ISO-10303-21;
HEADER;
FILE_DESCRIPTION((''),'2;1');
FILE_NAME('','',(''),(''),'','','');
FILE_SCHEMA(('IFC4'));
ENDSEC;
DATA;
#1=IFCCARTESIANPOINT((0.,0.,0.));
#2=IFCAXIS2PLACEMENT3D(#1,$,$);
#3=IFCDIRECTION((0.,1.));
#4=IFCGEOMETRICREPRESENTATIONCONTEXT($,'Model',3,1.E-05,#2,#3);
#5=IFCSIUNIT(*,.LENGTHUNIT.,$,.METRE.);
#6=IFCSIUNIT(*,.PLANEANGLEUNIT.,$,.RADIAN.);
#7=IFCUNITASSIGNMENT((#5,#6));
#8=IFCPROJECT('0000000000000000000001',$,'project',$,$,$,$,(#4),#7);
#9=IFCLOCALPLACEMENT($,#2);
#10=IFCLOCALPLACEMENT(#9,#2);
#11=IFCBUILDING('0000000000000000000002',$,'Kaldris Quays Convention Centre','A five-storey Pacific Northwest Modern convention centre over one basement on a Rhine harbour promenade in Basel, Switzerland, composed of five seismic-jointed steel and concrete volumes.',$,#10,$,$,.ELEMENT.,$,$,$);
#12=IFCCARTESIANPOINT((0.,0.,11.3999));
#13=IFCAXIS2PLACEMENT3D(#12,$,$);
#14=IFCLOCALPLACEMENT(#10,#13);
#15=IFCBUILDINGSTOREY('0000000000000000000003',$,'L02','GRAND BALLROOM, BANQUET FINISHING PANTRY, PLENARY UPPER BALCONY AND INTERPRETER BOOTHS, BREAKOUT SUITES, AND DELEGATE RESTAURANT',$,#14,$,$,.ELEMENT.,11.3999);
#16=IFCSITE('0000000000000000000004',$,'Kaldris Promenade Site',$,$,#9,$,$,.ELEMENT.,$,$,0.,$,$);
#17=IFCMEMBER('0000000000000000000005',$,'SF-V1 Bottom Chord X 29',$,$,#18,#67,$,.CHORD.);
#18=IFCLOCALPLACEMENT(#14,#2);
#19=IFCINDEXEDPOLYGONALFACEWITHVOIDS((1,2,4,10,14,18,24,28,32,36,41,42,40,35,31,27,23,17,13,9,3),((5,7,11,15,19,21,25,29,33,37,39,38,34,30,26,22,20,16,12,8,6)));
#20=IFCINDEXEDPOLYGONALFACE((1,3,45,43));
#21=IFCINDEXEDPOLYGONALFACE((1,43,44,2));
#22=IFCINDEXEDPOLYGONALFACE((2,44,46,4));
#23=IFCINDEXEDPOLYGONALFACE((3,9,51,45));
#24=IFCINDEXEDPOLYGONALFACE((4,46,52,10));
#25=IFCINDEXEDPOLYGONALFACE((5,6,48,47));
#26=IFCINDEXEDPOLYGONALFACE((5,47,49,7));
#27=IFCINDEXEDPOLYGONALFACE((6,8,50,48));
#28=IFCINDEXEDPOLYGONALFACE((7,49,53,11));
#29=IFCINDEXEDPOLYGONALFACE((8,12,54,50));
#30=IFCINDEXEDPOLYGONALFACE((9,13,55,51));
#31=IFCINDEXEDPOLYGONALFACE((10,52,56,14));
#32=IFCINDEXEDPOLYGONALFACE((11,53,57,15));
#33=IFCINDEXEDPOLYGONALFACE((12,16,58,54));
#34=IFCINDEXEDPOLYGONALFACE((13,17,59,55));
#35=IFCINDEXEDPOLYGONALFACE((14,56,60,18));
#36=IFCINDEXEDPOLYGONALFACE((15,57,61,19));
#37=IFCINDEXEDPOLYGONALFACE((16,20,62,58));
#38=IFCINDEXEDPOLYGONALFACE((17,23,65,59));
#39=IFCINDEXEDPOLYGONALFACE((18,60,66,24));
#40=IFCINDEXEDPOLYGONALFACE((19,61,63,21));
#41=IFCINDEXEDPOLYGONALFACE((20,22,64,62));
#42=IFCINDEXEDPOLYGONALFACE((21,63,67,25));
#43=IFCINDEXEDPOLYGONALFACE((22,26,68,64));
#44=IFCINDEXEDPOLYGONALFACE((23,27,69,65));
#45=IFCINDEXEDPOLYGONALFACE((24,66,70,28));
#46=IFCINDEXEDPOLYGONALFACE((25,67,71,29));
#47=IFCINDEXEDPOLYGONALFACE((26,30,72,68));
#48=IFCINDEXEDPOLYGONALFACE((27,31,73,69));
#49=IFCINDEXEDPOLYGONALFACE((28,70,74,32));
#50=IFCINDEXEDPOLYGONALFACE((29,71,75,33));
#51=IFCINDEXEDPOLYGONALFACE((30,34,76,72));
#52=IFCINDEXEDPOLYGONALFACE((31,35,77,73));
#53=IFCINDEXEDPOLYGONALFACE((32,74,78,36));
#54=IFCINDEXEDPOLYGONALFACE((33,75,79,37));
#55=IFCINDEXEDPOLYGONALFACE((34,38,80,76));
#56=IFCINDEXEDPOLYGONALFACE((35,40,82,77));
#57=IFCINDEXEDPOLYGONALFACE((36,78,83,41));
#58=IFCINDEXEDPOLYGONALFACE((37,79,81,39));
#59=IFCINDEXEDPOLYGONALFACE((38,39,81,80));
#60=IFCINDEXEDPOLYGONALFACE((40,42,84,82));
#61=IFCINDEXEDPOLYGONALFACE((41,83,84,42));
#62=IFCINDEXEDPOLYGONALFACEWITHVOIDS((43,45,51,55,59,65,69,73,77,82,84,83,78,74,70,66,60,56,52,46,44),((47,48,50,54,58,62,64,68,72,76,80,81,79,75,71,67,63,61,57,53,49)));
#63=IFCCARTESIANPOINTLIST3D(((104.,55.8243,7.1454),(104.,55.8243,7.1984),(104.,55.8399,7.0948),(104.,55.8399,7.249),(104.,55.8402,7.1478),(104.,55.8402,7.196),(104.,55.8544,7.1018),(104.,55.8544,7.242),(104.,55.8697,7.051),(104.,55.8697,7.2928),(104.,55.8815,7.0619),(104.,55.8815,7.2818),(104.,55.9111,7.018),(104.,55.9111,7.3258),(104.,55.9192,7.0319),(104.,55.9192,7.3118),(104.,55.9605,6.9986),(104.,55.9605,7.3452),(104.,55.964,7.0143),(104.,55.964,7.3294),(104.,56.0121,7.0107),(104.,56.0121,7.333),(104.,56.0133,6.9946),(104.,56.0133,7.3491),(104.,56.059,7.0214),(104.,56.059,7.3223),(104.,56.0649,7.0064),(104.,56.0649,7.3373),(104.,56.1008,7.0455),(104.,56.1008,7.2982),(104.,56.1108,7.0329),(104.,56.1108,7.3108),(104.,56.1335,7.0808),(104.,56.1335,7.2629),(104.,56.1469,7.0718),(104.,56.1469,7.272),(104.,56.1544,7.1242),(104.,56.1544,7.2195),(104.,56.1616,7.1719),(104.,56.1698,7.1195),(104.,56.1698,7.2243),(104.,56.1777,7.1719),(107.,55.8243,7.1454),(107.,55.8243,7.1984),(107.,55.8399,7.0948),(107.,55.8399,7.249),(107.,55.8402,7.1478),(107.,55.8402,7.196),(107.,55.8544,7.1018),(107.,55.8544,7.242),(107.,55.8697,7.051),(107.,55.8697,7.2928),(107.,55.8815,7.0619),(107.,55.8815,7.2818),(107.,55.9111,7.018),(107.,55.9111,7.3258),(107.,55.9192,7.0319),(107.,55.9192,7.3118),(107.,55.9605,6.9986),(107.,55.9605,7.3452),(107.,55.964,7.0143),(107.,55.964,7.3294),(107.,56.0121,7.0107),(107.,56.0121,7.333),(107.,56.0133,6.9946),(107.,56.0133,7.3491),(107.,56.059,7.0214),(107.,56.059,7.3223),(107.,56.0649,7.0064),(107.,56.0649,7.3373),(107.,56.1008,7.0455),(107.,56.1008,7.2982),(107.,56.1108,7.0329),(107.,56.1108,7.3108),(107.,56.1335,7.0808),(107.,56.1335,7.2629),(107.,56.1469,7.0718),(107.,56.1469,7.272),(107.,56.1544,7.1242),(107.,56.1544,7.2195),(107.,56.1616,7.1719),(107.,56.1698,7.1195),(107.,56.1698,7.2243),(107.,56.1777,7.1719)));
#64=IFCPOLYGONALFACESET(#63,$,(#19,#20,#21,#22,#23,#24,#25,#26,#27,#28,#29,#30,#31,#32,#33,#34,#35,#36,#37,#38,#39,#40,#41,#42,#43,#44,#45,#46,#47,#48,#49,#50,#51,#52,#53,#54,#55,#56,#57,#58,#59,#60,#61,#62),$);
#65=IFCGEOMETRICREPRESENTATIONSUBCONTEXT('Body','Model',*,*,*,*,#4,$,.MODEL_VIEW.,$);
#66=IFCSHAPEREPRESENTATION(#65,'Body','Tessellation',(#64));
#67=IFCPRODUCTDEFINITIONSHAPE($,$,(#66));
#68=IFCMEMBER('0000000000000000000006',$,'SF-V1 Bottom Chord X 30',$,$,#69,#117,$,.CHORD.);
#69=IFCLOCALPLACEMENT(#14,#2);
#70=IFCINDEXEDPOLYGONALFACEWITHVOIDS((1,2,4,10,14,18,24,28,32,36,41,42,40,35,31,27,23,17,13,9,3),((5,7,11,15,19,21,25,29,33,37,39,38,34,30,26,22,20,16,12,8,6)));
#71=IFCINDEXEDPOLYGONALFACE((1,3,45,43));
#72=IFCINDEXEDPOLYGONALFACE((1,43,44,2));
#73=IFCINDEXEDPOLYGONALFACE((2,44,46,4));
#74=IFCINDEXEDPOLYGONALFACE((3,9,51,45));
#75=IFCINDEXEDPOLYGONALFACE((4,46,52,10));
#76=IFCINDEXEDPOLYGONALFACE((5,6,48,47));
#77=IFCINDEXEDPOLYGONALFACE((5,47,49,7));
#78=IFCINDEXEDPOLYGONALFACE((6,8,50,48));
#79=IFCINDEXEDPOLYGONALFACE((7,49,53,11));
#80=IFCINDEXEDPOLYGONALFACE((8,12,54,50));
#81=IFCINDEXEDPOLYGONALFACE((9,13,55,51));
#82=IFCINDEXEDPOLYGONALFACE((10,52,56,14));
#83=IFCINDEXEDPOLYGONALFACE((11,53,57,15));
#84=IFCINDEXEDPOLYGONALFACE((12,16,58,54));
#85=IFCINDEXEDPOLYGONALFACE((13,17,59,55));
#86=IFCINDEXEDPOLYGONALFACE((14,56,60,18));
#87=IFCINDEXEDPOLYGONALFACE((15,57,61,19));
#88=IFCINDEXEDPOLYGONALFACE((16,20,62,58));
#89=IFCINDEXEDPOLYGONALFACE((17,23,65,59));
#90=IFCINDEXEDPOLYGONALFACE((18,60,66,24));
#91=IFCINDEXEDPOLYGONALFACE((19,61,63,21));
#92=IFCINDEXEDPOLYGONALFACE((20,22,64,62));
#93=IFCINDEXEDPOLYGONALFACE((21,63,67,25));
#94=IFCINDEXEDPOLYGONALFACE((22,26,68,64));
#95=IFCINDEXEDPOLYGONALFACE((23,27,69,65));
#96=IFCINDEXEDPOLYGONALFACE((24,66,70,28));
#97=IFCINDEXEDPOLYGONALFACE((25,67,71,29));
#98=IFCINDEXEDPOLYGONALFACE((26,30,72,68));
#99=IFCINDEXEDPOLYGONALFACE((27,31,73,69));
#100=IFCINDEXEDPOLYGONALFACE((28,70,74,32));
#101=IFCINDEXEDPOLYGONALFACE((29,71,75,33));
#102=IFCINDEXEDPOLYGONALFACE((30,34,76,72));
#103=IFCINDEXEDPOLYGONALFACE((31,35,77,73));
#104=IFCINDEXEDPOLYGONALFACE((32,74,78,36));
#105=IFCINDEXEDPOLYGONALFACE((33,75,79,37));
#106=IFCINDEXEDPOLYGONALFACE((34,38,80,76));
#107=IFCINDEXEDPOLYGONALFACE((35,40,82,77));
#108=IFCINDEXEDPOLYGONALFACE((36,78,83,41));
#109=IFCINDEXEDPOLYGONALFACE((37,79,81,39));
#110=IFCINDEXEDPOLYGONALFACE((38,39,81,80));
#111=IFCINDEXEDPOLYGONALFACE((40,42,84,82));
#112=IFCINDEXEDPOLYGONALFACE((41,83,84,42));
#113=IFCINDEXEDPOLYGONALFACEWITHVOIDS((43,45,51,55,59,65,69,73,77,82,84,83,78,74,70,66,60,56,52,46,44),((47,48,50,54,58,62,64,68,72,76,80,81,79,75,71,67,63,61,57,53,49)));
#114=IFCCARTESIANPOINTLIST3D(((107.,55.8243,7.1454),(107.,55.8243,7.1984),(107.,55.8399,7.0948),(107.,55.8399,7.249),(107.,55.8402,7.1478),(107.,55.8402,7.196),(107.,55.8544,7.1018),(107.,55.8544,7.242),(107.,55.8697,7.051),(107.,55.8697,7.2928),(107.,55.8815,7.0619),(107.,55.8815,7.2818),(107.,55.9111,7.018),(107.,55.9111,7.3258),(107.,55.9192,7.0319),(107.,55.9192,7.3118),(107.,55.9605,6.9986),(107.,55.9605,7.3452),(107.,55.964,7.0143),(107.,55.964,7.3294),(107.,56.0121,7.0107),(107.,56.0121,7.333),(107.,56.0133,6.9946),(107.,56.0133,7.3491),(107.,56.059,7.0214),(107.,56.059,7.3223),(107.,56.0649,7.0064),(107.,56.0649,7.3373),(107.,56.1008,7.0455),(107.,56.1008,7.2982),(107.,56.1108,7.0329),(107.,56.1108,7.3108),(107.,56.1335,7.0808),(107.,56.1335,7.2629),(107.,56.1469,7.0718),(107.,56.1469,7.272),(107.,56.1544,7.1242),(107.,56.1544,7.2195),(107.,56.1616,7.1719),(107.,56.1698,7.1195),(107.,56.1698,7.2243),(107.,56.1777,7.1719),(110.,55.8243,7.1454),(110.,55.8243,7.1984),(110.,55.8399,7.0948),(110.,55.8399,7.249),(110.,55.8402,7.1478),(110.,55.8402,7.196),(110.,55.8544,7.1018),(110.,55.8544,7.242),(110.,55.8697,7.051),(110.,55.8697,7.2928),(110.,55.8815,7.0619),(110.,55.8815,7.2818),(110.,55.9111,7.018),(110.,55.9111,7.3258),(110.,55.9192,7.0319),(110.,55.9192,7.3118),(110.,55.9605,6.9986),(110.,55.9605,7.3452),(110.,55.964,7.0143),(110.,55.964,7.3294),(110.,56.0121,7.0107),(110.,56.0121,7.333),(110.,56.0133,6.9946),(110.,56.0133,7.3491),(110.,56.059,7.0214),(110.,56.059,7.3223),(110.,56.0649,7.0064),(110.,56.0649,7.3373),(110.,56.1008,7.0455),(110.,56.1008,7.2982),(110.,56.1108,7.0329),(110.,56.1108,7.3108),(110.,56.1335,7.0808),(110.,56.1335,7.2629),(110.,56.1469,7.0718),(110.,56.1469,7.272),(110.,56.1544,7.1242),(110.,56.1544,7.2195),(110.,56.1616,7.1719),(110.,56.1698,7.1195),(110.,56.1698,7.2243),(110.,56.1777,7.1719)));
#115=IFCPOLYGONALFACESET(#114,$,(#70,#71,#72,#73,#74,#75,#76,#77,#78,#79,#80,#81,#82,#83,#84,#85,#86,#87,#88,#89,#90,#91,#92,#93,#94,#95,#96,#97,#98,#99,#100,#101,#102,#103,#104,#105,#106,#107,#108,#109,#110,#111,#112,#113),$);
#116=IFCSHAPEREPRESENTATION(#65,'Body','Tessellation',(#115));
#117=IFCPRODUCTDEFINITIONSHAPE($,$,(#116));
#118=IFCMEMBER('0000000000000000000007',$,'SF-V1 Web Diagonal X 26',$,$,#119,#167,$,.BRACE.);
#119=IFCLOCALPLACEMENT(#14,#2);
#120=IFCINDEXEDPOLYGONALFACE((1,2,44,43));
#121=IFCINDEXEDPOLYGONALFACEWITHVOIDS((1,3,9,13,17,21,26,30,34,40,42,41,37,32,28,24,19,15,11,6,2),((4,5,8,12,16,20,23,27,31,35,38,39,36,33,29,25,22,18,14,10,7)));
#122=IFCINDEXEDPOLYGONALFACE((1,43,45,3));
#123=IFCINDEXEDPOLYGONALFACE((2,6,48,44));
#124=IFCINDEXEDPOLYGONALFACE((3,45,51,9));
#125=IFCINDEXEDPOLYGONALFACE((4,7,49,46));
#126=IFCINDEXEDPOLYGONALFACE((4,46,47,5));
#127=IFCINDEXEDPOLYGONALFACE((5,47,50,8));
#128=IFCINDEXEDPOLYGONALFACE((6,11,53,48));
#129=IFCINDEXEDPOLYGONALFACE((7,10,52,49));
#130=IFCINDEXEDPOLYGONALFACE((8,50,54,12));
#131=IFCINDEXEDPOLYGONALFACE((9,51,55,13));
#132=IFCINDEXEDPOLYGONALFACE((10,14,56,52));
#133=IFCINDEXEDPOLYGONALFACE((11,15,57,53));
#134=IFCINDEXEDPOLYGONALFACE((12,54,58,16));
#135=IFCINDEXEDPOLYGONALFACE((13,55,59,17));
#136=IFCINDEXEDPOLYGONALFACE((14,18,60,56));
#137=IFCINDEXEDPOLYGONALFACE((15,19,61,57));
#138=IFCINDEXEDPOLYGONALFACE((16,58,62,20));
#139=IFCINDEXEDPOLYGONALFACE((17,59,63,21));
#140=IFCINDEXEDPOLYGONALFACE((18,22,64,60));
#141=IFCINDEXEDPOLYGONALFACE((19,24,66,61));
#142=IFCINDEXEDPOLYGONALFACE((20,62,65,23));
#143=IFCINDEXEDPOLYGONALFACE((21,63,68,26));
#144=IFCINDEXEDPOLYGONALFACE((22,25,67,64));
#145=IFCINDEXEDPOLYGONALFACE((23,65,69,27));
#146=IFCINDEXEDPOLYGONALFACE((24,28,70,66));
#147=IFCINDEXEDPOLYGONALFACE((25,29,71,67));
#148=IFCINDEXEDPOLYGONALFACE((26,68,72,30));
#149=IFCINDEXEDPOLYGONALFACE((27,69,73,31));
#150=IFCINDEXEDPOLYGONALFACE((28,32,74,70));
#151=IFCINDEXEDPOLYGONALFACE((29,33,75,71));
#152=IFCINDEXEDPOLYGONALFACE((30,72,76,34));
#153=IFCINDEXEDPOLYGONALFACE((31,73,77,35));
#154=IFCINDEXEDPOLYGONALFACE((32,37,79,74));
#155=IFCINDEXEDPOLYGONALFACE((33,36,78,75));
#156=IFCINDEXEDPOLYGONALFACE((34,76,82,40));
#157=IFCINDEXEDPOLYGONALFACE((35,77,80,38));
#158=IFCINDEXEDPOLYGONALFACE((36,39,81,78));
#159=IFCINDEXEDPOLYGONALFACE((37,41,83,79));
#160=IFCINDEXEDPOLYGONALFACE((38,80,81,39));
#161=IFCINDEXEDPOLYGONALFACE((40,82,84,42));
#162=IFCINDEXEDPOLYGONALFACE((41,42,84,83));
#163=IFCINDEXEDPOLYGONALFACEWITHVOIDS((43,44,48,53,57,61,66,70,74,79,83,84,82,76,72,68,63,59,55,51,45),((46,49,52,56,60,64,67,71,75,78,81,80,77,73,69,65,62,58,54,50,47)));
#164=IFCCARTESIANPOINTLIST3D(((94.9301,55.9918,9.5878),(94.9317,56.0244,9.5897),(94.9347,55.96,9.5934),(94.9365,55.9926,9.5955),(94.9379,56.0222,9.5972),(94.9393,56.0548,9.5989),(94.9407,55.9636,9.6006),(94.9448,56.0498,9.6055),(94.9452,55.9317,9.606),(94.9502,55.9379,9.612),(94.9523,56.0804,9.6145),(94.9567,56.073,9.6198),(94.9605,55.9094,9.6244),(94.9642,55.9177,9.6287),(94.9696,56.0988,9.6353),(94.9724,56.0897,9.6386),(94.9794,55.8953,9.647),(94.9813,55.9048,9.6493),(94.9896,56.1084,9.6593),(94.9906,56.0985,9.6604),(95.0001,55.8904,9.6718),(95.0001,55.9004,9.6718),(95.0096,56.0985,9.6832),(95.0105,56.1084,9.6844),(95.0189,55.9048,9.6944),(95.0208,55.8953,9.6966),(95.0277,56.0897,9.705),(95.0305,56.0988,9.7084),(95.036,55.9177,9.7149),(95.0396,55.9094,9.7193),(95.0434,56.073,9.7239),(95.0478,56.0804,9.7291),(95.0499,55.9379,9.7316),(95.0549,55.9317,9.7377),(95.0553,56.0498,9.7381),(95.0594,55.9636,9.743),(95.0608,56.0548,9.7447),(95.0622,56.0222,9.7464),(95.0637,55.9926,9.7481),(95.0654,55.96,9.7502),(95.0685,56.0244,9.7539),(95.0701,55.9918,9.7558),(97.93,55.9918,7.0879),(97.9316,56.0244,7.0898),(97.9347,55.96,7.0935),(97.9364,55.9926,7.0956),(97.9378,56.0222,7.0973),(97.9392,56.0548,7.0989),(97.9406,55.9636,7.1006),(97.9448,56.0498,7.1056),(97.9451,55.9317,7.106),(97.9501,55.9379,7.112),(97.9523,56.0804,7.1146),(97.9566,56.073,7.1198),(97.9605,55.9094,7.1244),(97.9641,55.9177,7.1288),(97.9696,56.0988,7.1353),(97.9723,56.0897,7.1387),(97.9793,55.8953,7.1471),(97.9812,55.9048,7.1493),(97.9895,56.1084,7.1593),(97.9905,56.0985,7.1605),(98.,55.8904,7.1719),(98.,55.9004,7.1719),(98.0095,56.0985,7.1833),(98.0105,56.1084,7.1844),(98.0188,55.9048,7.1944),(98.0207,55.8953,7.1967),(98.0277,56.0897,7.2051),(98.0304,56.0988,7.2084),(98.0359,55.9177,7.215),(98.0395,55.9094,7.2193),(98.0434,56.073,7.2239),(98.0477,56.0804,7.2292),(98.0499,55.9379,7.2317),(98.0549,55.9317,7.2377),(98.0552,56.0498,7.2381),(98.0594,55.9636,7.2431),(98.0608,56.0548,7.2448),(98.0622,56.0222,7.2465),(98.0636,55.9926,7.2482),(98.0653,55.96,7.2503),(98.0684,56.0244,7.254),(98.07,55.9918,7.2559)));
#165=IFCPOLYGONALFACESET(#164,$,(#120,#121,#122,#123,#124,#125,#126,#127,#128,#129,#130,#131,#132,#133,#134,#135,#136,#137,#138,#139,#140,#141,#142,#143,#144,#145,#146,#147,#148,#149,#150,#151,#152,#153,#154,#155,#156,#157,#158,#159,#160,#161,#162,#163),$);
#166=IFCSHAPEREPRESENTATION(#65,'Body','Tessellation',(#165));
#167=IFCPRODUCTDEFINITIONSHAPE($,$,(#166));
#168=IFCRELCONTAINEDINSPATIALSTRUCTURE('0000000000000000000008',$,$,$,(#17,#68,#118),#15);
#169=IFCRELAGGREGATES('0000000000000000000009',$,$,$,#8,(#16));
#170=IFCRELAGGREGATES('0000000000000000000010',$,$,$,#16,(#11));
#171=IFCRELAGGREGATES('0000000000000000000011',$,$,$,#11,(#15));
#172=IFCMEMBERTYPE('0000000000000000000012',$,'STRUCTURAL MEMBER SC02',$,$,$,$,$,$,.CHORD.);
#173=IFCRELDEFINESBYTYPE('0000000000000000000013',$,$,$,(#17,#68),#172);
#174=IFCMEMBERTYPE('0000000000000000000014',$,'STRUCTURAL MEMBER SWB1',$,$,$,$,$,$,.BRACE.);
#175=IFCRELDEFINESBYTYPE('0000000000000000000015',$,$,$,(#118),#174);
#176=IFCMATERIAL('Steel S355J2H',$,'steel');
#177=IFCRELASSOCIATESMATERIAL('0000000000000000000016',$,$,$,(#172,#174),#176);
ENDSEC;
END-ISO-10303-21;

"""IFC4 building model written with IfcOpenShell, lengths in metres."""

from ifc_helpers import new_model, si_unit, direction, frame, origin, origin_2d, place, context, subcontext, project, spatial, hollow_circle, extrude, material, material_profile, profile_set, type_object, element, save


model = new_model("IFC4")

# Units and contexts
model_context = context("Model", 3, precision=1e-05, world=origin(), true_north=direction((0.0, 1.0)))
body_context = subcontext(model_context, "Body", "Model", "MODEL_VIEW")
ifc_project = project(units=[si_unit("LENGTHUNIT", "METRE"), si_unit("PLANEANGLEUNIT", "RADIAN")], contexts=[model_context])

# Site, building, storey
site_placement = place(None, origin())
site = spatial("IfcSite", under=ifc_project, at=site_placement, Name="Kaldris Promenade Site", CompositionType="ELEMENT", RefElevation=0.0)
building_placement = place(site_placement, origin())
building = spatial("IfcBuilding", under=site, at=building_placement, Name="Kaldris Quays Convention Centre", Description="A five-storey Pacific Northwest Modern convention centre over one basement on a Rhine harbour promenade in Basel, Switzerland, composed of five seismic-jointed steel and concrete volumes.", CompositionType="ELEMENT")
storey_placement = place(building_placement, frame((0.0, 0.0, 11.3999)))
storey = spatial("IfcBuildingStorey", under=building, at=storey_placement, Name="L02", Description="GRAND BALLROOM, BANQUET FINISHING PANTRY, PLENARY UPPER BALCONY AND INTERPRETER BOOTHS, BREAKOUT SUITES, AND DELEGATE RESTAURANT", CompositionType="ELEMENT", Elevation=11.3999)

# Members
ifc_material_1 = material(Name="Steel S355J2H", Category="steel")
ifc_material_profile_1 = material_profile(ifc_material_1, hollow_circle(Radius=0.1777, WallThickness=0.0161, at=origin_2d()), Name="CHS 355.6x16")
ifc_profile_set_1 = profile_set([ifc_material_profile_1], Name="Steel S355J2H")
member_type_1 = type_object("IfcMemberType", Name="STRUCTURAL MEMBER SC02", PredefinedType="CHORD", material=ifc_profile_set_1)
for number, where, z_axis, x_axis, name in (
    (1, (104.0, 56.0, 7.1719), (1.0, 0.0, 0.0), (0.0, 1.0, 0.0), "SF-V1 Bottom Chord X 29"),
    (2, (107.0, 56.0, 7.1719), (1.0, 0.0, 0.0), (0.0, 1.0, 0.0), "SF-V1 Bottom Chord X 30"),
):
    element("IfcMember", number, at=place(storey_placement, frame(where, z_axis=z_axis, x_axis=x_axis)), inside=storey, type_object=member_type_1, Name=name, PredefinedType="CHORD", context=body_context, shape_type="SweptSolid", body=[
        extrude(hollow_circle(Radius=0.1777, WallThickness=0.0161, at=origin_2d()), origin(), (0.0, 0.0, 1.0), 3.0),
    ])
ifc_material_profile_2 = material_profile(ifc_material_1, hollow_circle(Radius=0.1096, WallThickness=0.01, at=origin_2d()), Name="CHS 219.1x10")
ifc_profile_set_2 = profile_set([ifc_material_profile_2], Name="Steel S355J2H")
member_type_2 = type_object("IfcMemberType", Name="STRUCTURAL MEMBER SWB1", PredefinedType="BRACE", material=ifc_profile_set_2)
for number, where, z_axis, x_axis, name in (
    (3, (98.0, 56.0, 7.1719), (-0.768221, 0.0, 0.640184), (0.0, -1.0, 0.0), "SF-V1 Web Diagonal X 26"),
):
    element("IfcMember", number, at=place(storey_placement, frame(where, z_axis=z_axis, x_axis=x_axis)), inside=storey, type_object=member_type_2, Name=name, PredefinedType="BRACE", context=body_context, shape_type="SweptSolid", body=[
        extrude(hollow_circle(Radius=0.1096, WallThickness=0.01, at=origin_2d()), origin(), (0.0, 0.0, 1.0), 3.905),
    ])

save(model, "model.ifc")
